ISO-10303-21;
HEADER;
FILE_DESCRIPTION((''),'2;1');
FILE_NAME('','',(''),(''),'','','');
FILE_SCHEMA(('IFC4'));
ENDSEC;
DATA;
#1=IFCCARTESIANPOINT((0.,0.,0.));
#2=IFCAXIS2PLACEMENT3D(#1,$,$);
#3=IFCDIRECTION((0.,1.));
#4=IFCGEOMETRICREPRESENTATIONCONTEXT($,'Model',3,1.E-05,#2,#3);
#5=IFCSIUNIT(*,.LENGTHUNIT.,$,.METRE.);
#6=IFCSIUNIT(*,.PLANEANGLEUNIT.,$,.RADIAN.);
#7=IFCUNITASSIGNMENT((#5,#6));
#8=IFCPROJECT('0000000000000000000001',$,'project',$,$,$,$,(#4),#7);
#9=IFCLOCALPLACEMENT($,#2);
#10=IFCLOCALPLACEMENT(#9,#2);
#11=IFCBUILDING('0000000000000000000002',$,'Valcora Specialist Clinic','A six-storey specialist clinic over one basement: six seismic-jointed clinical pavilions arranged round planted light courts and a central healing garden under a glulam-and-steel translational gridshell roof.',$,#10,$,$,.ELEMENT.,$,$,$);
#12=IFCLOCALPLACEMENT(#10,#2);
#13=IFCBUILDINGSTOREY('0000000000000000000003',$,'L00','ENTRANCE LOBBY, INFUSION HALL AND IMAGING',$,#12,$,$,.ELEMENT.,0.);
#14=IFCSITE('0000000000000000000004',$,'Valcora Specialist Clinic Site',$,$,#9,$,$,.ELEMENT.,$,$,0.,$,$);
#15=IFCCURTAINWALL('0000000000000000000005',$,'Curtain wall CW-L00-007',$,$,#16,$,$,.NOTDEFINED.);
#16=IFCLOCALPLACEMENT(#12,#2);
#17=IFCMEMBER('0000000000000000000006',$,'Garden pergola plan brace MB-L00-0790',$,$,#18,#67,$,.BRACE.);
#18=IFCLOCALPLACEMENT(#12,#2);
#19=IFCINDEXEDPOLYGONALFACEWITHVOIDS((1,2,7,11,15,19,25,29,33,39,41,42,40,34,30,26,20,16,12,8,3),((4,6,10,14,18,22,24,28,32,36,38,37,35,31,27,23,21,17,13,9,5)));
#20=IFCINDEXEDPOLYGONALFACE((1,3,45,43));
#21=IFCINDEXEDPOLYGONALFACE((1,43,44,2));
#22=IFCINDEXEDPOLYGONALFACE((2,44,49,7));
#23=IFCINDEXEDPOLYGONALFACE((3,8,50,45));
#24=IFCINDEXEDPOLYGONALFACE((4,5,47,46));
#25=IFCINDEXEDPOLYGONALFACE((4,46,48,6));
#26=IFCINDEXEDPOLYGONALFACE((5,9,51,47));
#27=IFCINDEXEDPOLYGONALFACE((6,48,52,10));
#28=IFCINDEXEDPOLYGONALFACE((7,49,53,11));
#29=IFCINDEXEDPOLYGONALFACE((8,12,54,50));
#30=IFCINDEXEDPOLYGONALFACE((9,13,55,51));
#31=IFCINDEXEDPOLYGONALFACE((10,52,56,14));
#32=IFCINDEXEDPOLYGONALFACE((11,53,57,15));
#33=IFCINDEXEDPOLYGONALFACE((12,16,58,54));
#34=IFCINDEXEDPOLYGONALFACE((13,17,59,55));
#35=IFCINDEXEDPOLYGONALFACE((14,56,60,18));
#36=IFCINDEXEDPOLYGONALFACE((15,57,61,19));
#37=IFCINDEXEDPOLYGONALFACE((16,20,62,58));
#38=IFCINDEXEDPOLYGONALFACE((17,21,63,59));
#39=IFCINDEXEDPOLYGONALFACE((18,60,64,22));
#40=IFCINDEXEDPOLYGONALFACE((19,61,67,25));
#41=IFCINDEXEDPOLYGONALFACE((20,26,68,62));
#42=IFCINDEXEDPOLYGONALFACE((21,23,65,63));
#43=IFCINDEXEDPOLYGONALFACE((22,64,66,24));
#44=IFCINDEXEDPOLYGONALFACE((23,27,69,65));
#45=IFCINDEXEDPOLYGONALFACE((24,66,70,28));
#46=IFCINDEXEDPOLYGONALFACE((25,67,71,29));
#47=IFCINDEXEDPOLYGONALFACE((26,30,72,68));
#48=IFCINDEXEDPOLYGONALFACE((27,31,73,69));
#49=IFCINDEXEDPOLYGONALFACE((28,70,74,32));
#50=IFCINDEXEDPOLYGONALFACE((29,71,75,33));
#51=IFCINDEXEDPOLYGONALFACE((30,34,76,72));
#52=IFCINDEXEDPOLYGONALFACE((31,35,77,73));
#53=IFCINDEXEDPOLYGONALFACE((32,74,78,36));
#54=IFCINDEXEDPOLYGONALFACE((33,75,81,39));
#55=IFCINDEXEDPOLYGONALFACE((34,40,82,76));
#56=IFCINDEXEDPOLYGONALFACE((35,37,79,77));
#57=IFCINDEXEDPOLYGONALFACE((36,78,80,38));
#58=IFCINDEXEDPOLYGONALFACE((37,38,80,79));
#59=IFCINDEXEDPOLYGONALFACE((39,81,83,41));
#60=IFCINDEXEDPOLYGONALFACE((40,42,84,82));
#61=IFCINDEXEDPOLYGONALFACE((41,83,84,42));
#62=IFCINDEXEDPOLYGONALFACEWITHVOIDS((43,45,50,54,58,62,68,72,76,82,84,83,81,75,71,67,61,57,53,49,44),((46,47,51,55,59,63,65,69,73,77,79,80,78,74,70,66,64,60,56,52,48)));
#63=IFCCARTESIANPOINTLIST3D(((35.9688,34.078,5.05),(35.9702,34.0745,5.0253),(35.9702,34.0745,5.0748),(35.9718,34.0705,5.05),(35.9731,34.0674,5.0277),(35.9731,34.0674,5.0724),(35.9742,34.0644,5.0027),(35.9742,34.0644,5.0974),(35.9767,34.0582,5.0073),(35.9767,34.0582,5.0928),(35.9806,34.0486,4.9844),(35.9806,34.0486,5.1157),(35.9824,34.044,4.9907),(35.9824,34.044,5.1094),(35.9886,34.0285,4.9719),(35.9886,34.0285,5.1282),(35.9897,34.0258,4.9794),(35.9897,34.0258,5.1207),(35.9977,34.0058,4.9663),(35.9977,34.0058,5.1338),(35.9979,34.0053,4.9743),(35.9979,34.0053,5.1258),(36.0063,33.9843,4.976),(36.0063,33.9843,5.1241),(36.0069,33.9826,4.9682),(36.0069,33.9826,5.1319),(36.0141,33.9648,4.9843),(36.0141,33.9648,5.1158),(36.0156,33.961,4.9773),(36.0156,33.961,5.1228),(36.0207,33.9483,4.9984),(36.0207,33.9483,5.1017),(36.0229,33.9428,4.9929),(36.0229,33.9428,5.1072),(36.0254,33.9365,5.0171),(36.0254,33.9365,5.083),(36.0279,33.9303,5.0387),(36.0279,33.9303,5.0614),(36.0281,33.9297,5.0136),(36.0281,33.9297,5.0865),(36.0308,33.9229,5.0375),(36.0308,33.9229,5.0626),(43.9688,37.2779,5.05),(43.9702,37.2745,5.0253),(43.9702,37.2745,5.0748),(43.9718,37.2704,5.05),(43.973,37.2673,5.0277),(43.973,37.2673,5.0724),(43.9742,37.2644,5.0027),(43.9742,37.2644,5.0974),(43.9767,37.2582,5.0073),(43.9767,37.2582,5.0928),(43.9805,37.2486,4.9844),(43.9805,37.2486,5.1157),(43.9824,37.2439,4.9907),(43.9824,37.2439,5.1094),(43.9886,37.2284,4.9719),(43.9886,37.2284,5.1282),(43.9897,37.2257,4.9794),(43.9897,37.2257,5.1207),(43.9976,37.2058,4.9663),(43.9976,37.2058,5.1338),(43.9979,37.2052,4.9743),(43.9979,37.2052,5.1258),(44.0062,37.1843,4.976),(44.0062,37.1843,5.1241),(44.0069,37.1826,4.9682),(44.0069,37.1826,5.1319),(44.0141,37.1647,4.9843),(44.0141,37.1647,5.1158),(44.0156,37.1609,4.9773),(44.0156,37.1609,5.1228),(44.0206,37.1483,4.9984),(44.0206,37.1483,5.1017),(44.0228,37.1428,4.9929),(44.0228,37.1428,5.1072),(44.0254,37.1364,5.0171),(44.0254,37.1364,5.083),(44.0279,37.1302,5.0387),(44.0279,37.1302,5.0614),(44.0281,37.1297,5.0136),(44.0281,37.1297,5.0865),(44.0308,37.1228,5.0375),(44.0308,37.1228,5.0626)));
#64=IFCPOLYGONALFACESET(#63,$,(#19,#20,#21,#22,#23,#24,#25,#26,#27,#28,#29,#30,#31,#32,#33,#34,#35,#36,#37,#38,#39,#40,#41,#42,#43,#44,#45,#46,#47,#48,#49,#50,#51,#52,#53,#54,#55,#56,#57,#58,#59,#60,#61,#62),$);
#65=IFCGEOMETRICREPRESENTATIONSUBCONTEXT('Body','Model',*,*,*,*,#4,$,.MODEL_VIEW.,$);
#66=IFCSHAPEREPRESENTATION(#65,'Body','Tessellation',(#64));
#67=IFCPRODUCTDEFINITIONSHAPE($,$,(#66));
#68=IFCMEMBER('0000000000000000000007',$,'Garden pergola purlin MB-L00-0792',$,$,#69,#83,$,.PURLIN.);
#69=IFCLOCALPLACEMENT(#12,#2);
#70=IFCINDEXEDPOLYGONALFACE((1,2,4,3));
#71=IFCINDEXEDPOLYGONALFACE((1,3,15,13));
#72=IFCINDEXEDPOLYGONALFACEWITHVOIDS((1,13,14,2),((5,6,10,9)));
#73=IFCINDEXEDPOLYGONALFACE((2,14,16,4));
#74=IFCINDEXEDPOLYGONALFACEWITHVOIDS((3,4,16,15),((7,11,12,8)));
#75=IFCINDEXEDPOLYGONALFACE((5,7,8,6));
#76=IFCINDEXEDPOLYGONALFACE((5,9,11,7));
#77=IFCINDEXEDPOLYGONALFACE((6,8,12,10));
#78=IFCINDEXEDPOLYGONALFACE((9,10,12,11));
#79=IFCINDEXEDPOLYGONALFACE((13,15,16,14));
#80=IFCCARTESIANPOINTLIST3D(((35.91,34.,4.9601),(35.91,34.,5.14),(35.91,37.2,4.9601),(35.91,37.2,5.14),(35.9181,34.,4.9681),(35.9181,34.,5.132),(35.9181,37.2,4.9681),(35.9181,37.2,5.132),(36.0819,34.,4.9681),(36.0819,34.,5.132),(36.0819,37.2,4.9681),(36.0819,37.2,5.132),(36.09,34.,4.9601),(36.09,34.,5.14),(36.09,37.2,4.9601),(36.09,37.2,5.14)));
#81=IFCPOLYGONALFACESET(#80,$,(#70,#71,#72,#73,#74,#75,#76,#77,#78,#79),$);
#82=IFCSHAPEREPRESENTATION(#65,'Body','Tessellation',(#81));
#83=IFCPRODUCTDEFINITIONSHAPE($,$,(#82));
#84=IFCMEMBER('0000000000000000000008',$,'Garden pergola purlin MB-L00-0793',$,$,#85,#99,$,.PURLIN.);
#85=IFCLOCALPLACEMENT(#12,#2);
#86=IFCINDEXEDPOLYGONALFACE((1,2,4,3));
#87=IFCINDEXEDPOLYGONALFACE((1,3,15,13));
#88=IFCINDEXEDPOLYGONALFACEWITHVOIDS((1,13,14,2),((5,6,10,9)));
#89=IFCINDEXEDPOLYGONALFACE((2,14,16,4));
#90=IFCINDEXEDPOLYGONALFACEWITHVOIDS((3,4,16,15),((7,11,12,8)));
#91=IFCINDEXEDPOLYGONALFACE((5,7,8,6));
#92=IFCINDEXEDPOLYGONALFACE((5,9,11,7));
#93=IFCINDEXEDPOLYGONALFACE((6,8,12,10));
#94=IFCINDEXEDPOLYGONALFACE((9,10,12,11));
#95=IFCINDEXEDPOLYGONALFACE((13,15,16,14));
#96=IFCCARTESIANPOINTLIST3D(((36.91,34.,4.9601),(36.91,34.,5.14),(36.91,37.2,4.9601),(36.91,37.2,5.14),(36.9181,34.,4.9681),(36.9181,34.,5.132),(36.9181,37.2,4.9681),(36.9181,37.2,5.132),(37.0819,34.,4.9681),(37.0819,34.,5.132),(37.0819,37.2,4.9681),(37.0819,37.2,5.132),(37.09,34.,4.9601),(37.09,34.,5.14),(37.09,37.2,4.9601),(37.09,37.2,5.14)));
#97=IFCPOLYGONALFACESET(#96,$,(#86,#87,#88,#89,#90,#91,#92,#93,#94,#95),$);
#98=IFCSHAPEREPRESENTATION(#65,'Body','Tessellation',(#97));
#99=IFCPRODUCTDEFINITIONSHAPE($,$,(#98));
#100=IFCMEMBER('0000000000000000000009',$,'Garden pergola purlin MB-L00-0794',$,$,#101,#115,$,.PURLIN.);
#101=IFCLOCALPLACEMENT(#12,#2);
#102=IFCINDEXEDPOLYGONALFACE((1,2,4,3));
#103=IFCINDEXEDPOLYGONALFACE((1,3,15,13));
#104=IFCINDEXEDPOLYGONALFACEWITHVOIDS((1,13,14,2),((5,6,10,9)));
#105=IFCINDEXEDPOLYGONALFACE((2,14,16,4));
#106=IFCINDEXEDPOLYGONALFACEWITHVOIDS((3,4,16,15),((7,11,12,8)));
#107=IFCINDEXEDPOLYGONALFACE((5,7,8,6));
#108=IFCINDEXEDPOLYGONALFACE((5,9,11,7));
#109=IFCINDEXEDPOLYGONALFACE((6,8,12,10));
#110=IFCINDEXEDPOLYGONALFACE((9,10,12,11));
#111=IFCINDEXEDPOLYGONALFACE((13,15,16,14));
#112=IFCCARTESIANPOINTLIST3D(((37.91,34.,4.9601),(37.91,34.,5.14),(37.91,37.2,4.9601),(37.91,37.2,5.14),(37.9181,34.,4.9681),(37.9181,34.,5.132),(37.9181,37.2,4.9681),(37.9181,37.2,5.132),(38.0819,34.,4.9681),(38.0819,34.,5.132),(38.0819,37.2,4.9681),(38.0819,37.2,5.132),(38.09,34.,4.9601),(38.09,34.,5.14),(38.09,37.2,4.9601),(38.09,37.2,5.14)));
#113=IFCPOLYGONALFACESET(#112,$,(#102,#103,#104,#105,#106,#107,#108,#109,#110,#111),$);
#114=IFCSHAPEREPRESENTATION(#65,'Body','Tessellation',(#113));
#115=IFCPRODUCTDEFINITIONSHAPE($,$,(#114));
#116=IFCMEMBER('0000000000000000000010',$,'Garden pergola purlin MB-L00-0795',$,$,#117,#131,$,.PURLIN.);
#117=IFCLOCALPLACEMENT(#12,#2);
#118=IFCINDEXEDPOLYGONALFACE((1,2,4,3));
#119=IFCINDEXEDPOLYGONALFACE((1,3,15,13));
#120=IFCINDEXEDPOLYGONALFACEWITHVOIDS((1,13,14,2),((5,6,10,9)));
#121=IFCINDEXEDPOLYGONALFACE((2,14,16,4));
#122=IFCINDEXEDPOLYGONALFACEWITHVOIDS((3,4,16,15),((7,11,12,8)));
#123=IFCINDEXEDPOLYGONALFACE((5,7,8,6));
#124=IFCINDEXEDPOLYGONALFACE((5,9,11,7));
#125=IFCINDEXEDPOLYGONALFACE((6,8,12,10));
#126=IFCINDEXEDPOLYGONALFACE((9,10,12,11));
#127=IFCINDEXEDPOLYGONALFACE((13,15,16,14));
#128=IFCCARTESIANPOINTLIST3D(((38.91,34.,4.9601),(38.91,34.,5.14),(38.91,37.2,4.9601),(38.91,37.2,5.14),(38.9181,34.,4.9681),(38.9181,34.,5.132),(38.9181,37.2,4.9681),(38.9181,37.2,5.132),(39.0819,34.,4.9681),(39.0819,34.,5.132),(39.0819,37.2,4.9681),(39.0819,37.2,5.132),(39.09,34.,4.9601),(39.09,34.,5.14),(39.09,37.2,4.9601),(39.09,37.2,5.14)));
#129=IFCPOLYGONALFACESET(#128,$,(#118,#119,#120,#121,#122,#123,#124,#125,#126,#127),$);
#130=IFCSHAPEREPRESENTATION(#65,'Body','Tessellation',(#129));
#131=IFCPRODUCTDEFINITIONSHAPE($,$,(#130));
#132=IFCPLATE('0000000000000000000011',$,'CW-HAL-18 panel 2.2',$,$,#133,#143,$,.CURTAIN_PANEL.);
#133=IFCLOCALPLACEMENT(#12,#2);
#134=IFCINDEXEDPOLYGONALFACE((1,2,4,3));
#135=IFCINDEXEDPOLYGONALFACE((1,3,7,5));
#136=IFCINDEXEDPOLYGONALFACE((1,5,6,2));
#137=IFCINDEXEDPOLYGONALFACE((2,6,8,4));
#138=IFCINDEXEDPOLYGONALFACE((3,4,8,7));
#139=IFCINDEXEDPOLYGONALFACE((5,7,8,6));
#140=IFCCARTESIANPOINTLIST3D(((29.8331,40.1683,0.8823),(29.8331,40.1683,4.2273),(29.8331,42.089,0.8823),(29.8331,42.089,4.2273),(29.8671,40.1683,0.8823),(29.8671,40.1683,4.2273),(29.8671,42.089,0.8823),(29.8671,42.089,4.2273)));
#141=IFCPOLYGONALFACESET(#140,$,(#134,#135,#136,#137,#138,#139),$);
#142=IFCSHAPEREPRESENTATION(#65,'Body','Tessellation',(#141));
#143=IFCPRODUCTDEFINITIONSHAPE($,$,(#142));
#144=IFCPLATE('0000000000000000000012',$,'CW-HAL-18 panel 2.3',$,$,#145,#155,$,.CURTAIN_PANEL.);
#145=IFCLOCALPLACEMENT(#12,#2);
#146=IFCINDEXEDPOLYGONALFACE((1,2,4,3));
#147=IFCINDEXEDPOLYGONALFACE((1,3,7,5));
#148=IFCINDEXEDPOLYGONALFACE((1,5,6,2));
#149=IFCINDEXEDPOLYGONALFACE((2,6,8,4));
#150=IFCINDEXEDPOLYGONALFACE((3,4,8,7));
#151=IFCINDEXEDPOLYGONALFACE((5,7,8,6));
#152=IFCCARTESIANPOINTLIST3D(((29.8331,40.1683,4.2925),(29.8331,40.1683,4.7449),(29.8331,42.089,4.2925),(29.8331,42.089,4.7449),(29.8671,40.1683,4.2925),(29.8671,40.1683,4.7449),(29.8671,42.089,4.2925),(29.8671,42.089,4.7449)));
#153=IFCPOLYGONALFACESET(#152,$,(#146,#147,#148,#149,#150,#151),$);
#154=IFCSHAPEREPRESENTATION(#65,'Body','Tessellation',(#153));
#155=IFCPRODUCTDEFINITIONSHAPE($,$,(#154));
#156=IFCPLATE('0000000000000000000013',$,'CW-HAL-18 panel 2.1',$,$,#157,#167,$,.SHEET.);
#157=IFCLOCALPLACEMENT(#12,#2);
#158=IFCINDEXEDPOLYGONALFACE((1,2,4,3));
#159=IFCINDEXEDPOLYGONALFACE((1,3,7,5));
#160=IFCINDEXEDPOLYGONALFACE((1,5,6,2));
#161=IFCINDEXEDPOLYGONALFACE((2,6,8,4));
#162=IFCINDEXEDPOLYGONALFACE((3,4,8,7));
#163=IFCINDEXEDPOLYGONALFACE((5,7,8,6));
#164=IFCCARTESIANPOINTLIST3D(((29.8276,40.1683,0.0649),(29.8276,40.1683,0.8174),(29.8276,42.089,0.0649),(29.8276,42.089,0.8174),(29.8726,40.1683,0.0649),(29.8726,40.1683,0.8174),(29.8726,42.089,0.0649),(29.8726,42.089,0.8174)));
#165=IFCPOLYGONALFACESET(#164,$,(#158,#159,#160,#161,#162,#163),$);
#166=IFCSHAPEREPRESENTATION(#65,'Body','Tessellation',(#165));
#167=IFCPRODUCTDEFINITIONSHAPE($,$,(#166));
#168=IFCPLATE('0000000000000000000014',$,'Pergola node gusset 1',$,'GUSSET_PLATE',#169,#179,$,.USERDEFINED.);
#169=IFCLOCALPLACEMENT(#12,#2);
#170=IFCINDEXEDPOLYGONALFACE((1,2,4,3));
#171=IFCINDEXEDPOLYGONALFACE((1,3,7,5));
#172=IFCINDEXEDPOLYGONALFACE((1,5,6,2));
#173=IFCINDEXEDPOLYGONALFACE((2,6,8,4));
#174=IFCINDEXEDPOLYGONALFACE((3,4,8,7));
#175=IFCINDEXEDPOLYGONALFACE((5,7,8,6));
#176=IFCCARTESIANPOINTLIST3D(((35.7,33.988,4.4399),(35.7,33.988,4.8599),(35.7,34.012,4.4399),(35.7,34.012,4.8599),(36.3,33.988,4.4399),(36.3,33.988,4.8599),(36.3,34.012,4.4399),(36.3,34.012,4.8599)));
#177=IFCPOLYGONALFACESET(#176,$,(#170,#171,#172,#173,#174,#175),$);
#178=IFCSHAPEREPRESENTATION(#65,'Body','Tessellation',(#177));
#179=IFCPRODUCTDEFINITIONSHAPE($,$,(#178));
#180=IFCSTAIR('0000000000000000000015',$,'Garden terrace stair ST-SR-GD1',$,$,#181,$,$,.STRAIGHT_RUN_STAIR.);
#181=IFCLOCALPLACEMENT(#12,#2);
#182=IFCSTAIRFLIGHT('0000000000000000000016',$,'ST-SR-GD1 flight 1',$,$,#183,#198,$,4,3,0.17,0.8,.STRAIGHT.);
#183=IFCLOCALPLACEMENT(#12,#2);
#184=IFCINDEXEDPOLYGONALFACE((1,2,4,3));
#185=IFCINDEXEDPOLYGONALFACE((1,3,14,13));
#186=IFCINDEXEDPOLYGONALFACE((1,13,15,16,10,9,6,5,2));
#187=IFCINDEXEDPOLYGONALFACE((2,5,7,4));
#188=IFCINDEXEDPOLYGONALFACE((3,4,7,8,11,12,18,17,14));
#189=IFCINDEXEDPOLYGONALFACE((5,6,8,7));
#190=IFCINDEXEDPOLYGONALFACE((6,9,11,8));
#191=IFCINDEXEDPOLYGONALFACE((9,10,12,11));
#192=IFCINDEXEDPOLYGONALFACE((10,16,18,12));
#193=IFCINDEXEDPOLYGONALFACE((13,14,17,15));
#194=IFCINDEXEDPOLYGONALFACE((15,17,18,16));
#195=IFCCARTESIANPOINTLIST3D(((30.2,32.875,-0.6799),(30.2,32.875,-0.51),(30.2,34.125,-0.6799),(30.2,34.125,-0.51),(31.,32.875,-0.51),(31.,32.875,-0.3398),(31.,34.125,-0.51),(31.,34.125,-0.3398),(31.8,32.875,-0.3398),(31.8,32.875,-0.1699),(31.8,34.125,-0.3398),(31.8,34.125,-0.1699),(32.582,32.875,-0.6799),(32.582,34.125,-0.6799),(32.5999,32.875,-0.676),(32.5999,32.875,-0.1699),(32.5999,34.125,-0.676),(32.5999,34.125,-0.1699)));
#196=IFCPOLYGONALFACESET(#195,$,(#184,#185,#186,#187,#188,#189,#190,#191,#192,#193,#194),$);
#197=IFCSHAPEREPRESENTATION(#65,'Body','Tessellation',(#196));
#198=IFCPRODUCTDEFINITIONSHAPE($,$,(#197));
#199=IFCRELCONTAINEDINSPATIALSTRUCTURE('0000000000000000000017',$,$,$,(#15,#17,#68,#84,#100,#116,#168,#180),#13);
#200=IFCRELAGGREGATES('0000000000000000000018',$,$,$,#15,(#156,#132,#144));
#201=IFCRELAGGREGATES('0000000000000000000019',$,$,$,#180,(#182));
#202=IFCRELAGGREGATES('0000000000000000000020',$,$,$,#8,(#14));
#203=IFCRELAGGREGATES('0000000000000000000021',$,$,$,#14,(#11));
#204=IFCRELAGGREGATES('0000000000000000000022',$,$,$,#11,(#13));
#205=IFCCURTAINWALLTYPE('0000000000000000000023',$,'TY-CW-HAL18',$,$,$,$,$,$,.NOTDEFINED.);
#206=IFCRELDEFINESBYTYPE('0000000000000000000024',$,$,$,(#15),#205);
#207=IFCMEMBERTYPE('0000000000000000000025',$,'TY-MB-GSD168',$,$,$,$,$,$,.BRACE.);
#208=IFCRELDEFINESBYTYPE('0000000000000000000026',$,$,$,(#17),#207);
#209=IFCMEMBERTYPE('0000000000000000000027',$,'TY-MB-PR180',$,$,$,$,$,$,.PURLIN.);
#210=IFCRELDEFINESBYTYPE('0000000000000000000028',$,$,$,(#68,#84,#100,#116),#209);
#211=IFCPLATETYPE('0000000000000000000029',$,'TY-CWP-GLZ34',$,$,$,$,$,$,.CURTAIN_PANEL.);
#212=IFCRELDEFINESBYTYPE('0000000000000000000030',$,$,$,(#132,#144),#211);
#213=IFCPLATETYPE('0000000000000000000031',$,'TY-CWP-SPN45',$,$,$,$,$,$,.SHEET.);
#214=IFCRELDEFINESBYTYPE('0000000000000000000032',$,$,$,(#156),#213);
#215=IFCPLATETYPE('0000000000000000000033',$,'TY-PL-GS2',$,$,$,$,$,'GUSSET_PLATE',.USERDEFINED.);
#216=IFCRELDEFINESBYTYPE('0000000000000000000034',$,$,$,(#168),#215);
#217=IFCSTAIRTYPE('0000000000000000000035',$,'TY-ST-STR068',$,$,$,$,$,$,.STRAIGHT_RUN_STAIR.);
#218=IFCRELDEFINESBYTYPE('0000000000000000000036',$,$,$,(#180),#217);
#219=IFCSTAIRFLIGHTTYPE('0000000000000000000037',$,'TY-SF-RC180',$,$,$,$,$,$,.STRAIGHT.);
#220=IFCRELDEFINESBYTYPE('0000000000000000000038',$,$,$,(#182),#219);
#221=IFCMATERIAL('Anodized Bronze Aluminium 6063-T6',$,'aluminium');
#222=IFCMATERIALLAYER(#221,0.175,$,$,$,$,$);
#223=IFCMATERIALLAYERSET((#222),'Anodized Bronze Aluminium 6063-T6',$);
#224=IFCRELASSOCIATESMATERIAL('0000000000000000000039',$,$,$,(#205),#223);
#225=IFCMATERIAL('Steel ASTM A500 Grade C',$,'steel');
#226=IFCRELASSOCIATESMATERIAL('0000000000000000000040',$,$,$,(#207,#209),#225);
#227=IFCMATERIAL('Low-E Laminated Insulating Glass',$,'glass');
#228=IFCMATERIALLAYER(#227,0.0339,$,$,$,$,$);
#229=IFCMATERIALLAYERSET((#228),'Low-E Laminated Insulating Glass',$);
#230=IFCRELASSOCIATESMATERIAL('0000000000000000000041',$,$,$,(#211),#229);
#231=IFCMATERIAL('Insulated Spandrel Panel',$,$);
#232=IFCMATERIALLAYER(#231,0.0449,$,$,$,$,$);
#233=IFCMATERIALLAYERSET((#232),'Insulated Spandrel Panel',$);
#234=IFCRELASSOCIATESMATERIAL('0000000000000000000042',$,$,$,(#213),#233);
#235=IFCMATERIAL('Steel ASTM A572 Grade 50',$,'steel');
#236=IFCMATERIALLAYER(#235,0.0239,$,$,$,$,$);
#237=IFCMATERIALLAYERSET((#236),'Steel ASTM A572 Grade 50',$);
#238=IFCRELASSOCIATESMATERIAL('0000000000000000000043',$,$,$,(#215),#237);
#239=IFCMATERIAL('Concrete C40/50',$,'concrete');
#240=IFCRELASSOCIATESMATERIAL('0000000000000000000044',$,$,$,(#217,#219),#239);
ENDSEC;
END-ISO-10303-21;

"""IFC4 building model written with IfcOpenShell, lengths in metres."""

from ifc_helpers import new_model, si_unit, direction, frame, origin, origin_2d, place, context, subcontext, project, spatial, polyline, rectangle, hollow_rectangle, hollow_circle, outline, extrude, material, layer, layer_set, material_profile, profile_set, type_object, element, aggregate, save


model = new_model("IFC4")

# Units and contexts
model_context = context("Model", 3, precision=1e-05, world=origin(), true_north=direction((0.0, 1.0)))
body_context = subcontext(model_context, "Body", "Model", "MODEL_VIEW")
ifc_project = project(units=[si_unit("LENGTHUNIT", "METRE"), si_unit("PLANEANGLEUNIT", "RADIAN")], contexts=[model_context])

# Site, building, storey
site_placement = place(None, origin())
site = spatial("IfcSite", under=ifc_project, at=site_placement, Name="Valcora Specialist Clinic Site", CompositionType="ELEMENT", RefElevation=0.0)
building_placement = place(site_placement, origin())
building = spatial("IfcBuilding", under=site, at=building_placement, Name="Valcora Specialist Clinic", Description="A six-storey specialist clinic over one basement: six seismic-jointed clinical pavilions arranged round planted light courts and a central healing garden under a glulam-and-steel translational gridshell roof.", CompositionType="ELEMENT")
storey_placement = place(building_placement, origin())
storey = spatial("IfcBuildingStorey", under=building, at=storey_placement, Name="L00", Description="ENTRANCE LOBBY, INFUSION HALL AND IMAGING", CompositionType="ELEMENT", Elevation=0.0)

# Shared definitions
ifc_material_1 = material(Name="Concrete C40/50", Category="concrete")

# Curtain wall
ifc_material_2 = material(Name="Anodized Bronze Aluminium 6063-T6", Category="aluminium")
ifc_layer_1 = layer(ifc_material_2, 0.175)
ifc_layer_set_1 = layer_set([ifc_layer_1], Name="Anodized Bronze Aluminium 6063-T6")
curtain_wall_type = type_object("IfcCurtainWallType", Name="TY-CW-HAL18", PredefinedType="NOTDEFINED", material=ifc_layer_set_1)
curtain_wall_placement = place(storey_placement, origin())
curtain_wall = element("IfcCurtainWall", 1, at=curtain_wall_placement, inside=storey, type_object=curtain_wall_type, Name="Curtain wall CW-L00-007", PredefinedType="NOTDEFINED")

# Members
ifc_material_3 = material(Name="Steel ASTM A500 Grade C", Category="steel")
ifc_material_profile_1 = material_profile(ifc_material_3, hollow_circle(Radius=0.084, WallThickness=0.0081, at=origin_2d()), Name="ST-CHS-168X8")
ifc_profile_set_1 = profile_set([ifc_material_profile_1], Name="Steel ASTM A500 Grade C")
member_type_1 = type_object("IfcMemberType", Name="TY-MB-GSD168", PredefinedType="BRACE", material=ifc_profile_set_1)
member_1_placement = place(storey_placement, frame((36.0, 34.0, 5.05), z_axis=(0.928479, 0.371386, 0.0), x_axis=(-0.371386, 0.928479, 0.0)))
element("IfcMember", 2, at=member_1_placement, inside=storey, type_object=member_type_1, Name="Garden pergola plan brace MB-L00-0790", PredefinedType="BRACE", context=body_context, shape_type="SweptSolid", body=[
    extrude(hollow_circle(Radius=0.084, WallThickness=0.0081, at=origin_2d()), origin(), (0.0, 0.0, 1.0), 8.6162),
])
ifc_material_profile_2 = material_profile(ifc_material_3, hollow_rectangle(XDim=0.1799, YDim=0.1799, WallThickness=0.0081, at=origin_2d()), Name="ST-RHS-180X180X8")
ifc_profile_set_2 = profile_set([ifc_material_profile_2], Name="Steel ASTM A500 Grade C")
member_type_2 = type_object("IfcMemberType", Name="TY-MB-PR180", PredefinedType="PURLIN", material=ifc_profile_set_2)
for number, where, z_axis, x_axis, name in (
    (3, (36.0, 34.0, 5.05), (0.0, 1.0, 0.0), (-1.0, 0.0, 0.0), "Garden pergola purlin MB-L00-0792"),
    (4, (37.0, 34.0, 5.05), (0.0, 1.0, 0.0), (-1.0, 0.0, 0.0), "Garden pergola purlin MB-L00-0793"),
    (5, (38.0, 34.0, 5.05), (0.0, 1.0, 0.0), (-1.0, 0.0, 0.0), "Garden pergola purlin MB-L00-0794"),
    (6, (39.0, 34.0, 5.05), (0.0, 1.0, 0.0), (-1.0, 0.0, 0.0), "Garden pergola purlin MB-L00-0795"),
):
    element("IfcMember", number, at=place(storey_placement, frame(where, z_axis=z_axis, x_axis=x_axis)), inside=storey, type_object=member_type_2, Name=name, PredefinedType="PURLIN", context=body_context, shape_type="SweptSolid", body=[
        extrude(hollow_rectangle(XDim=0.1799, YDim=0.1799, WallThickness=0.0081, at=origin_2d()), origin(), (0.0, 0.0, 1.0), 3.2),
    ])

# Plates
ifc_material_4 = material(Name="Low-E Laminated Insulating Glass", Category="glass")
ifc_layer_2 = layer(ifc_material_4, 0.0339)
ifc_layer_set_2 = layer_set([ifc_layer_2], Name="Low-E Laminated Insulating Glass")
plate_type_1 = type_object("IfcPlateType", Name="TY-CWP-GLZ34", PredefinedType="CURTAIN_PANEL", material=ifc_layer_set_2)
plate_1_placement = place(storey_placement, frame((29.8501, 41.1287, 0.8823), z_axis=(0.0, 0.0, 1.0), x_axis=(0.0, -1.0, 0.0)))
plate_1 = element("IfcPlate", 7, at=plate_1_placement, type_object=plate_type_1, Name="CW-HAL-18 panel 2.2", PredefinedType="CURTAIN_PANEL", context=body_context, shape_type="SweptSolid", body=[
    extrude(rectangle(XDim=1.9207, YDim=0.0339, at=origin_2d()), origin(), (0.0, 0.0, 1.0), 3.345),
])
plate_2_placement = place(storey_placement, frame((29.8501, 41.1287, 4.2925), z_axis=(0.0, 0.0, 1.0), x_axis=(0.0, -1.0, 0.0)))
plate_2 = element("IfcPlate", 8, at=plate_2_placement, type_object=plate_type_1, Name="CW-HAL-18 panel 2.3", PredefinedType="CURTAIN_PANEL", context=body_context, shape_type="SweptSolid", body=[
    extrude(rectangle(XDim=1.9207, YDim=0.0339, at=origin_2d()), origin(), (0.0, 0.0, 1.0), 0.4524),
])
ifc_material_5 = material(Name="Insulated Spandrel Panel")
ifc_layer_3 = layer(ifc_material_5, 0.0449)
ifc_layer_set_3 = layer_set([ifc_layer_3], Name="Insulated Spandrel Panel")
plate_type_2 = type_object("IfcPlateType", Name="TY-CWP-SPN45", PredefinedType="SHEET", material=ifc_layer_set_3)
plate_3_placement = place(storey_placement, frame((29.8501, 41.1287, 0.0649), z_axis=(0.0, 0.0, 1.0), x_axis=(0.0, -1.0, 0.0)))
plate_3 = element("IfcPlate", 9, at=plate_3_placement, type_object=plate_type_2, Name="CW-HAL-18 panel 2.1", PredefinedType="SHEET", context=body_context, shape_type="SweptSolid", body=[
    extrude(rectangle(XDim=1.9207, YDim=0.0449, at=origin_2d()), origin(), (0.0, 0.0, 1.0), 0.7524),
])
aggregate(curtain_wall, [plate_3, plate_1, plate_2])
ifc_material_6 = material(Name="Steel ASTM A572 Grade 50", Category="steel")
ifc_layer_4 = layer(ifc_material_6, 0.0239)
ifc_layer_set_4 = layer_set([ifc_layer_4], Name="Steel ASTM A572 Grade 50")
plate_type_3 = type_object("IfcPlateType", Name="TY-PL-GS2", ElementType="GUSSET_PLATE", PredefinedType="USERDEFINED", material=ifc_layer_set_4)
plate_4_placement = place(storey_placement, frame((36.0, 34.0, 4.4399), z_axis=(0.0, 0.0, 1.0), x_axis=(1.0, 0.0, 0.0)))
element("IfcPlate", 10, at=plate_4_placement, inside=storey, type_object=plate_type_3, Name="Pergola node gusset 1", ObjectType="GUSSET_PLATE", PredefinedType="USERDEFINED", context=body_context, shape_type="SweptSolid", body=[
    extrude(rectangle(XDim=0.6001, YDim=0.0239, at=origin_2d()), origin(), (0.0, 0.0, 1.0), 0.4199),
])

# Stair, stair flight
stair_type = type_object("IfcStairType", Name="TY-ST-STR068", PredefinedType="STRAIGHT_RUN_STAIR", material=ifc_material_1)
stair_1_placement = place(storey_placement, origin())
stair_1 = element("IfcStair", 11, at=stair_1_placement, inside=storey, type_object=stair_type, Name="Garden terrace stair ST-SR-GD1", PredefinedType="STRAIGHT_RUN_STAIR")
stair_flight_type = type_object("IfcStairFlightType", Name="TY-SF-RC180", PredefinedType="STRAIGHT", material=ifc_material_1)
stair_flight_1_placement = place(storey_placement, frame((30.2, 33.5, -0.6799), z_axis=(0.0, 0.0, 1.0), x_axis=(1.0, 0.0, 0.0)))
stair_flight_1 = element("IfcStairFlight", 12, at=stair_flight_1_placement, type_object=stair_flight_type, Name="ST-SR-GD1 flight 1", NumberOfRisers=4, NumberOfTreads=3, PredefinedType="STRAIGHT", RiserHeight=0.17, TreadLength=0.8, context=body_context, shape_type="SweptSolid", body=[
    extrude(outline(polyline([(0.0, 0.0), (0.0, 0.1699), (0.8, 0.1699), (0.8, 0.3401), (1.6001, 0.3401), (1.6001, 0.51), (2.3999, 0.51), (2.3999, 0.6799), (2.3999, 0.0039), (2.3821, 0.0), (0.0, 0.0)])), frame((0.0, 0.625, 0.0), z_axis=(0.0, -1.0, 0.0), x_axis=(1.0, 0.0, 0.0)), (0.0, 0.0, 1.0), 1.25),
])
aggregate(stair_1, [stair_flight_1])

save(model, "model.ifc")
